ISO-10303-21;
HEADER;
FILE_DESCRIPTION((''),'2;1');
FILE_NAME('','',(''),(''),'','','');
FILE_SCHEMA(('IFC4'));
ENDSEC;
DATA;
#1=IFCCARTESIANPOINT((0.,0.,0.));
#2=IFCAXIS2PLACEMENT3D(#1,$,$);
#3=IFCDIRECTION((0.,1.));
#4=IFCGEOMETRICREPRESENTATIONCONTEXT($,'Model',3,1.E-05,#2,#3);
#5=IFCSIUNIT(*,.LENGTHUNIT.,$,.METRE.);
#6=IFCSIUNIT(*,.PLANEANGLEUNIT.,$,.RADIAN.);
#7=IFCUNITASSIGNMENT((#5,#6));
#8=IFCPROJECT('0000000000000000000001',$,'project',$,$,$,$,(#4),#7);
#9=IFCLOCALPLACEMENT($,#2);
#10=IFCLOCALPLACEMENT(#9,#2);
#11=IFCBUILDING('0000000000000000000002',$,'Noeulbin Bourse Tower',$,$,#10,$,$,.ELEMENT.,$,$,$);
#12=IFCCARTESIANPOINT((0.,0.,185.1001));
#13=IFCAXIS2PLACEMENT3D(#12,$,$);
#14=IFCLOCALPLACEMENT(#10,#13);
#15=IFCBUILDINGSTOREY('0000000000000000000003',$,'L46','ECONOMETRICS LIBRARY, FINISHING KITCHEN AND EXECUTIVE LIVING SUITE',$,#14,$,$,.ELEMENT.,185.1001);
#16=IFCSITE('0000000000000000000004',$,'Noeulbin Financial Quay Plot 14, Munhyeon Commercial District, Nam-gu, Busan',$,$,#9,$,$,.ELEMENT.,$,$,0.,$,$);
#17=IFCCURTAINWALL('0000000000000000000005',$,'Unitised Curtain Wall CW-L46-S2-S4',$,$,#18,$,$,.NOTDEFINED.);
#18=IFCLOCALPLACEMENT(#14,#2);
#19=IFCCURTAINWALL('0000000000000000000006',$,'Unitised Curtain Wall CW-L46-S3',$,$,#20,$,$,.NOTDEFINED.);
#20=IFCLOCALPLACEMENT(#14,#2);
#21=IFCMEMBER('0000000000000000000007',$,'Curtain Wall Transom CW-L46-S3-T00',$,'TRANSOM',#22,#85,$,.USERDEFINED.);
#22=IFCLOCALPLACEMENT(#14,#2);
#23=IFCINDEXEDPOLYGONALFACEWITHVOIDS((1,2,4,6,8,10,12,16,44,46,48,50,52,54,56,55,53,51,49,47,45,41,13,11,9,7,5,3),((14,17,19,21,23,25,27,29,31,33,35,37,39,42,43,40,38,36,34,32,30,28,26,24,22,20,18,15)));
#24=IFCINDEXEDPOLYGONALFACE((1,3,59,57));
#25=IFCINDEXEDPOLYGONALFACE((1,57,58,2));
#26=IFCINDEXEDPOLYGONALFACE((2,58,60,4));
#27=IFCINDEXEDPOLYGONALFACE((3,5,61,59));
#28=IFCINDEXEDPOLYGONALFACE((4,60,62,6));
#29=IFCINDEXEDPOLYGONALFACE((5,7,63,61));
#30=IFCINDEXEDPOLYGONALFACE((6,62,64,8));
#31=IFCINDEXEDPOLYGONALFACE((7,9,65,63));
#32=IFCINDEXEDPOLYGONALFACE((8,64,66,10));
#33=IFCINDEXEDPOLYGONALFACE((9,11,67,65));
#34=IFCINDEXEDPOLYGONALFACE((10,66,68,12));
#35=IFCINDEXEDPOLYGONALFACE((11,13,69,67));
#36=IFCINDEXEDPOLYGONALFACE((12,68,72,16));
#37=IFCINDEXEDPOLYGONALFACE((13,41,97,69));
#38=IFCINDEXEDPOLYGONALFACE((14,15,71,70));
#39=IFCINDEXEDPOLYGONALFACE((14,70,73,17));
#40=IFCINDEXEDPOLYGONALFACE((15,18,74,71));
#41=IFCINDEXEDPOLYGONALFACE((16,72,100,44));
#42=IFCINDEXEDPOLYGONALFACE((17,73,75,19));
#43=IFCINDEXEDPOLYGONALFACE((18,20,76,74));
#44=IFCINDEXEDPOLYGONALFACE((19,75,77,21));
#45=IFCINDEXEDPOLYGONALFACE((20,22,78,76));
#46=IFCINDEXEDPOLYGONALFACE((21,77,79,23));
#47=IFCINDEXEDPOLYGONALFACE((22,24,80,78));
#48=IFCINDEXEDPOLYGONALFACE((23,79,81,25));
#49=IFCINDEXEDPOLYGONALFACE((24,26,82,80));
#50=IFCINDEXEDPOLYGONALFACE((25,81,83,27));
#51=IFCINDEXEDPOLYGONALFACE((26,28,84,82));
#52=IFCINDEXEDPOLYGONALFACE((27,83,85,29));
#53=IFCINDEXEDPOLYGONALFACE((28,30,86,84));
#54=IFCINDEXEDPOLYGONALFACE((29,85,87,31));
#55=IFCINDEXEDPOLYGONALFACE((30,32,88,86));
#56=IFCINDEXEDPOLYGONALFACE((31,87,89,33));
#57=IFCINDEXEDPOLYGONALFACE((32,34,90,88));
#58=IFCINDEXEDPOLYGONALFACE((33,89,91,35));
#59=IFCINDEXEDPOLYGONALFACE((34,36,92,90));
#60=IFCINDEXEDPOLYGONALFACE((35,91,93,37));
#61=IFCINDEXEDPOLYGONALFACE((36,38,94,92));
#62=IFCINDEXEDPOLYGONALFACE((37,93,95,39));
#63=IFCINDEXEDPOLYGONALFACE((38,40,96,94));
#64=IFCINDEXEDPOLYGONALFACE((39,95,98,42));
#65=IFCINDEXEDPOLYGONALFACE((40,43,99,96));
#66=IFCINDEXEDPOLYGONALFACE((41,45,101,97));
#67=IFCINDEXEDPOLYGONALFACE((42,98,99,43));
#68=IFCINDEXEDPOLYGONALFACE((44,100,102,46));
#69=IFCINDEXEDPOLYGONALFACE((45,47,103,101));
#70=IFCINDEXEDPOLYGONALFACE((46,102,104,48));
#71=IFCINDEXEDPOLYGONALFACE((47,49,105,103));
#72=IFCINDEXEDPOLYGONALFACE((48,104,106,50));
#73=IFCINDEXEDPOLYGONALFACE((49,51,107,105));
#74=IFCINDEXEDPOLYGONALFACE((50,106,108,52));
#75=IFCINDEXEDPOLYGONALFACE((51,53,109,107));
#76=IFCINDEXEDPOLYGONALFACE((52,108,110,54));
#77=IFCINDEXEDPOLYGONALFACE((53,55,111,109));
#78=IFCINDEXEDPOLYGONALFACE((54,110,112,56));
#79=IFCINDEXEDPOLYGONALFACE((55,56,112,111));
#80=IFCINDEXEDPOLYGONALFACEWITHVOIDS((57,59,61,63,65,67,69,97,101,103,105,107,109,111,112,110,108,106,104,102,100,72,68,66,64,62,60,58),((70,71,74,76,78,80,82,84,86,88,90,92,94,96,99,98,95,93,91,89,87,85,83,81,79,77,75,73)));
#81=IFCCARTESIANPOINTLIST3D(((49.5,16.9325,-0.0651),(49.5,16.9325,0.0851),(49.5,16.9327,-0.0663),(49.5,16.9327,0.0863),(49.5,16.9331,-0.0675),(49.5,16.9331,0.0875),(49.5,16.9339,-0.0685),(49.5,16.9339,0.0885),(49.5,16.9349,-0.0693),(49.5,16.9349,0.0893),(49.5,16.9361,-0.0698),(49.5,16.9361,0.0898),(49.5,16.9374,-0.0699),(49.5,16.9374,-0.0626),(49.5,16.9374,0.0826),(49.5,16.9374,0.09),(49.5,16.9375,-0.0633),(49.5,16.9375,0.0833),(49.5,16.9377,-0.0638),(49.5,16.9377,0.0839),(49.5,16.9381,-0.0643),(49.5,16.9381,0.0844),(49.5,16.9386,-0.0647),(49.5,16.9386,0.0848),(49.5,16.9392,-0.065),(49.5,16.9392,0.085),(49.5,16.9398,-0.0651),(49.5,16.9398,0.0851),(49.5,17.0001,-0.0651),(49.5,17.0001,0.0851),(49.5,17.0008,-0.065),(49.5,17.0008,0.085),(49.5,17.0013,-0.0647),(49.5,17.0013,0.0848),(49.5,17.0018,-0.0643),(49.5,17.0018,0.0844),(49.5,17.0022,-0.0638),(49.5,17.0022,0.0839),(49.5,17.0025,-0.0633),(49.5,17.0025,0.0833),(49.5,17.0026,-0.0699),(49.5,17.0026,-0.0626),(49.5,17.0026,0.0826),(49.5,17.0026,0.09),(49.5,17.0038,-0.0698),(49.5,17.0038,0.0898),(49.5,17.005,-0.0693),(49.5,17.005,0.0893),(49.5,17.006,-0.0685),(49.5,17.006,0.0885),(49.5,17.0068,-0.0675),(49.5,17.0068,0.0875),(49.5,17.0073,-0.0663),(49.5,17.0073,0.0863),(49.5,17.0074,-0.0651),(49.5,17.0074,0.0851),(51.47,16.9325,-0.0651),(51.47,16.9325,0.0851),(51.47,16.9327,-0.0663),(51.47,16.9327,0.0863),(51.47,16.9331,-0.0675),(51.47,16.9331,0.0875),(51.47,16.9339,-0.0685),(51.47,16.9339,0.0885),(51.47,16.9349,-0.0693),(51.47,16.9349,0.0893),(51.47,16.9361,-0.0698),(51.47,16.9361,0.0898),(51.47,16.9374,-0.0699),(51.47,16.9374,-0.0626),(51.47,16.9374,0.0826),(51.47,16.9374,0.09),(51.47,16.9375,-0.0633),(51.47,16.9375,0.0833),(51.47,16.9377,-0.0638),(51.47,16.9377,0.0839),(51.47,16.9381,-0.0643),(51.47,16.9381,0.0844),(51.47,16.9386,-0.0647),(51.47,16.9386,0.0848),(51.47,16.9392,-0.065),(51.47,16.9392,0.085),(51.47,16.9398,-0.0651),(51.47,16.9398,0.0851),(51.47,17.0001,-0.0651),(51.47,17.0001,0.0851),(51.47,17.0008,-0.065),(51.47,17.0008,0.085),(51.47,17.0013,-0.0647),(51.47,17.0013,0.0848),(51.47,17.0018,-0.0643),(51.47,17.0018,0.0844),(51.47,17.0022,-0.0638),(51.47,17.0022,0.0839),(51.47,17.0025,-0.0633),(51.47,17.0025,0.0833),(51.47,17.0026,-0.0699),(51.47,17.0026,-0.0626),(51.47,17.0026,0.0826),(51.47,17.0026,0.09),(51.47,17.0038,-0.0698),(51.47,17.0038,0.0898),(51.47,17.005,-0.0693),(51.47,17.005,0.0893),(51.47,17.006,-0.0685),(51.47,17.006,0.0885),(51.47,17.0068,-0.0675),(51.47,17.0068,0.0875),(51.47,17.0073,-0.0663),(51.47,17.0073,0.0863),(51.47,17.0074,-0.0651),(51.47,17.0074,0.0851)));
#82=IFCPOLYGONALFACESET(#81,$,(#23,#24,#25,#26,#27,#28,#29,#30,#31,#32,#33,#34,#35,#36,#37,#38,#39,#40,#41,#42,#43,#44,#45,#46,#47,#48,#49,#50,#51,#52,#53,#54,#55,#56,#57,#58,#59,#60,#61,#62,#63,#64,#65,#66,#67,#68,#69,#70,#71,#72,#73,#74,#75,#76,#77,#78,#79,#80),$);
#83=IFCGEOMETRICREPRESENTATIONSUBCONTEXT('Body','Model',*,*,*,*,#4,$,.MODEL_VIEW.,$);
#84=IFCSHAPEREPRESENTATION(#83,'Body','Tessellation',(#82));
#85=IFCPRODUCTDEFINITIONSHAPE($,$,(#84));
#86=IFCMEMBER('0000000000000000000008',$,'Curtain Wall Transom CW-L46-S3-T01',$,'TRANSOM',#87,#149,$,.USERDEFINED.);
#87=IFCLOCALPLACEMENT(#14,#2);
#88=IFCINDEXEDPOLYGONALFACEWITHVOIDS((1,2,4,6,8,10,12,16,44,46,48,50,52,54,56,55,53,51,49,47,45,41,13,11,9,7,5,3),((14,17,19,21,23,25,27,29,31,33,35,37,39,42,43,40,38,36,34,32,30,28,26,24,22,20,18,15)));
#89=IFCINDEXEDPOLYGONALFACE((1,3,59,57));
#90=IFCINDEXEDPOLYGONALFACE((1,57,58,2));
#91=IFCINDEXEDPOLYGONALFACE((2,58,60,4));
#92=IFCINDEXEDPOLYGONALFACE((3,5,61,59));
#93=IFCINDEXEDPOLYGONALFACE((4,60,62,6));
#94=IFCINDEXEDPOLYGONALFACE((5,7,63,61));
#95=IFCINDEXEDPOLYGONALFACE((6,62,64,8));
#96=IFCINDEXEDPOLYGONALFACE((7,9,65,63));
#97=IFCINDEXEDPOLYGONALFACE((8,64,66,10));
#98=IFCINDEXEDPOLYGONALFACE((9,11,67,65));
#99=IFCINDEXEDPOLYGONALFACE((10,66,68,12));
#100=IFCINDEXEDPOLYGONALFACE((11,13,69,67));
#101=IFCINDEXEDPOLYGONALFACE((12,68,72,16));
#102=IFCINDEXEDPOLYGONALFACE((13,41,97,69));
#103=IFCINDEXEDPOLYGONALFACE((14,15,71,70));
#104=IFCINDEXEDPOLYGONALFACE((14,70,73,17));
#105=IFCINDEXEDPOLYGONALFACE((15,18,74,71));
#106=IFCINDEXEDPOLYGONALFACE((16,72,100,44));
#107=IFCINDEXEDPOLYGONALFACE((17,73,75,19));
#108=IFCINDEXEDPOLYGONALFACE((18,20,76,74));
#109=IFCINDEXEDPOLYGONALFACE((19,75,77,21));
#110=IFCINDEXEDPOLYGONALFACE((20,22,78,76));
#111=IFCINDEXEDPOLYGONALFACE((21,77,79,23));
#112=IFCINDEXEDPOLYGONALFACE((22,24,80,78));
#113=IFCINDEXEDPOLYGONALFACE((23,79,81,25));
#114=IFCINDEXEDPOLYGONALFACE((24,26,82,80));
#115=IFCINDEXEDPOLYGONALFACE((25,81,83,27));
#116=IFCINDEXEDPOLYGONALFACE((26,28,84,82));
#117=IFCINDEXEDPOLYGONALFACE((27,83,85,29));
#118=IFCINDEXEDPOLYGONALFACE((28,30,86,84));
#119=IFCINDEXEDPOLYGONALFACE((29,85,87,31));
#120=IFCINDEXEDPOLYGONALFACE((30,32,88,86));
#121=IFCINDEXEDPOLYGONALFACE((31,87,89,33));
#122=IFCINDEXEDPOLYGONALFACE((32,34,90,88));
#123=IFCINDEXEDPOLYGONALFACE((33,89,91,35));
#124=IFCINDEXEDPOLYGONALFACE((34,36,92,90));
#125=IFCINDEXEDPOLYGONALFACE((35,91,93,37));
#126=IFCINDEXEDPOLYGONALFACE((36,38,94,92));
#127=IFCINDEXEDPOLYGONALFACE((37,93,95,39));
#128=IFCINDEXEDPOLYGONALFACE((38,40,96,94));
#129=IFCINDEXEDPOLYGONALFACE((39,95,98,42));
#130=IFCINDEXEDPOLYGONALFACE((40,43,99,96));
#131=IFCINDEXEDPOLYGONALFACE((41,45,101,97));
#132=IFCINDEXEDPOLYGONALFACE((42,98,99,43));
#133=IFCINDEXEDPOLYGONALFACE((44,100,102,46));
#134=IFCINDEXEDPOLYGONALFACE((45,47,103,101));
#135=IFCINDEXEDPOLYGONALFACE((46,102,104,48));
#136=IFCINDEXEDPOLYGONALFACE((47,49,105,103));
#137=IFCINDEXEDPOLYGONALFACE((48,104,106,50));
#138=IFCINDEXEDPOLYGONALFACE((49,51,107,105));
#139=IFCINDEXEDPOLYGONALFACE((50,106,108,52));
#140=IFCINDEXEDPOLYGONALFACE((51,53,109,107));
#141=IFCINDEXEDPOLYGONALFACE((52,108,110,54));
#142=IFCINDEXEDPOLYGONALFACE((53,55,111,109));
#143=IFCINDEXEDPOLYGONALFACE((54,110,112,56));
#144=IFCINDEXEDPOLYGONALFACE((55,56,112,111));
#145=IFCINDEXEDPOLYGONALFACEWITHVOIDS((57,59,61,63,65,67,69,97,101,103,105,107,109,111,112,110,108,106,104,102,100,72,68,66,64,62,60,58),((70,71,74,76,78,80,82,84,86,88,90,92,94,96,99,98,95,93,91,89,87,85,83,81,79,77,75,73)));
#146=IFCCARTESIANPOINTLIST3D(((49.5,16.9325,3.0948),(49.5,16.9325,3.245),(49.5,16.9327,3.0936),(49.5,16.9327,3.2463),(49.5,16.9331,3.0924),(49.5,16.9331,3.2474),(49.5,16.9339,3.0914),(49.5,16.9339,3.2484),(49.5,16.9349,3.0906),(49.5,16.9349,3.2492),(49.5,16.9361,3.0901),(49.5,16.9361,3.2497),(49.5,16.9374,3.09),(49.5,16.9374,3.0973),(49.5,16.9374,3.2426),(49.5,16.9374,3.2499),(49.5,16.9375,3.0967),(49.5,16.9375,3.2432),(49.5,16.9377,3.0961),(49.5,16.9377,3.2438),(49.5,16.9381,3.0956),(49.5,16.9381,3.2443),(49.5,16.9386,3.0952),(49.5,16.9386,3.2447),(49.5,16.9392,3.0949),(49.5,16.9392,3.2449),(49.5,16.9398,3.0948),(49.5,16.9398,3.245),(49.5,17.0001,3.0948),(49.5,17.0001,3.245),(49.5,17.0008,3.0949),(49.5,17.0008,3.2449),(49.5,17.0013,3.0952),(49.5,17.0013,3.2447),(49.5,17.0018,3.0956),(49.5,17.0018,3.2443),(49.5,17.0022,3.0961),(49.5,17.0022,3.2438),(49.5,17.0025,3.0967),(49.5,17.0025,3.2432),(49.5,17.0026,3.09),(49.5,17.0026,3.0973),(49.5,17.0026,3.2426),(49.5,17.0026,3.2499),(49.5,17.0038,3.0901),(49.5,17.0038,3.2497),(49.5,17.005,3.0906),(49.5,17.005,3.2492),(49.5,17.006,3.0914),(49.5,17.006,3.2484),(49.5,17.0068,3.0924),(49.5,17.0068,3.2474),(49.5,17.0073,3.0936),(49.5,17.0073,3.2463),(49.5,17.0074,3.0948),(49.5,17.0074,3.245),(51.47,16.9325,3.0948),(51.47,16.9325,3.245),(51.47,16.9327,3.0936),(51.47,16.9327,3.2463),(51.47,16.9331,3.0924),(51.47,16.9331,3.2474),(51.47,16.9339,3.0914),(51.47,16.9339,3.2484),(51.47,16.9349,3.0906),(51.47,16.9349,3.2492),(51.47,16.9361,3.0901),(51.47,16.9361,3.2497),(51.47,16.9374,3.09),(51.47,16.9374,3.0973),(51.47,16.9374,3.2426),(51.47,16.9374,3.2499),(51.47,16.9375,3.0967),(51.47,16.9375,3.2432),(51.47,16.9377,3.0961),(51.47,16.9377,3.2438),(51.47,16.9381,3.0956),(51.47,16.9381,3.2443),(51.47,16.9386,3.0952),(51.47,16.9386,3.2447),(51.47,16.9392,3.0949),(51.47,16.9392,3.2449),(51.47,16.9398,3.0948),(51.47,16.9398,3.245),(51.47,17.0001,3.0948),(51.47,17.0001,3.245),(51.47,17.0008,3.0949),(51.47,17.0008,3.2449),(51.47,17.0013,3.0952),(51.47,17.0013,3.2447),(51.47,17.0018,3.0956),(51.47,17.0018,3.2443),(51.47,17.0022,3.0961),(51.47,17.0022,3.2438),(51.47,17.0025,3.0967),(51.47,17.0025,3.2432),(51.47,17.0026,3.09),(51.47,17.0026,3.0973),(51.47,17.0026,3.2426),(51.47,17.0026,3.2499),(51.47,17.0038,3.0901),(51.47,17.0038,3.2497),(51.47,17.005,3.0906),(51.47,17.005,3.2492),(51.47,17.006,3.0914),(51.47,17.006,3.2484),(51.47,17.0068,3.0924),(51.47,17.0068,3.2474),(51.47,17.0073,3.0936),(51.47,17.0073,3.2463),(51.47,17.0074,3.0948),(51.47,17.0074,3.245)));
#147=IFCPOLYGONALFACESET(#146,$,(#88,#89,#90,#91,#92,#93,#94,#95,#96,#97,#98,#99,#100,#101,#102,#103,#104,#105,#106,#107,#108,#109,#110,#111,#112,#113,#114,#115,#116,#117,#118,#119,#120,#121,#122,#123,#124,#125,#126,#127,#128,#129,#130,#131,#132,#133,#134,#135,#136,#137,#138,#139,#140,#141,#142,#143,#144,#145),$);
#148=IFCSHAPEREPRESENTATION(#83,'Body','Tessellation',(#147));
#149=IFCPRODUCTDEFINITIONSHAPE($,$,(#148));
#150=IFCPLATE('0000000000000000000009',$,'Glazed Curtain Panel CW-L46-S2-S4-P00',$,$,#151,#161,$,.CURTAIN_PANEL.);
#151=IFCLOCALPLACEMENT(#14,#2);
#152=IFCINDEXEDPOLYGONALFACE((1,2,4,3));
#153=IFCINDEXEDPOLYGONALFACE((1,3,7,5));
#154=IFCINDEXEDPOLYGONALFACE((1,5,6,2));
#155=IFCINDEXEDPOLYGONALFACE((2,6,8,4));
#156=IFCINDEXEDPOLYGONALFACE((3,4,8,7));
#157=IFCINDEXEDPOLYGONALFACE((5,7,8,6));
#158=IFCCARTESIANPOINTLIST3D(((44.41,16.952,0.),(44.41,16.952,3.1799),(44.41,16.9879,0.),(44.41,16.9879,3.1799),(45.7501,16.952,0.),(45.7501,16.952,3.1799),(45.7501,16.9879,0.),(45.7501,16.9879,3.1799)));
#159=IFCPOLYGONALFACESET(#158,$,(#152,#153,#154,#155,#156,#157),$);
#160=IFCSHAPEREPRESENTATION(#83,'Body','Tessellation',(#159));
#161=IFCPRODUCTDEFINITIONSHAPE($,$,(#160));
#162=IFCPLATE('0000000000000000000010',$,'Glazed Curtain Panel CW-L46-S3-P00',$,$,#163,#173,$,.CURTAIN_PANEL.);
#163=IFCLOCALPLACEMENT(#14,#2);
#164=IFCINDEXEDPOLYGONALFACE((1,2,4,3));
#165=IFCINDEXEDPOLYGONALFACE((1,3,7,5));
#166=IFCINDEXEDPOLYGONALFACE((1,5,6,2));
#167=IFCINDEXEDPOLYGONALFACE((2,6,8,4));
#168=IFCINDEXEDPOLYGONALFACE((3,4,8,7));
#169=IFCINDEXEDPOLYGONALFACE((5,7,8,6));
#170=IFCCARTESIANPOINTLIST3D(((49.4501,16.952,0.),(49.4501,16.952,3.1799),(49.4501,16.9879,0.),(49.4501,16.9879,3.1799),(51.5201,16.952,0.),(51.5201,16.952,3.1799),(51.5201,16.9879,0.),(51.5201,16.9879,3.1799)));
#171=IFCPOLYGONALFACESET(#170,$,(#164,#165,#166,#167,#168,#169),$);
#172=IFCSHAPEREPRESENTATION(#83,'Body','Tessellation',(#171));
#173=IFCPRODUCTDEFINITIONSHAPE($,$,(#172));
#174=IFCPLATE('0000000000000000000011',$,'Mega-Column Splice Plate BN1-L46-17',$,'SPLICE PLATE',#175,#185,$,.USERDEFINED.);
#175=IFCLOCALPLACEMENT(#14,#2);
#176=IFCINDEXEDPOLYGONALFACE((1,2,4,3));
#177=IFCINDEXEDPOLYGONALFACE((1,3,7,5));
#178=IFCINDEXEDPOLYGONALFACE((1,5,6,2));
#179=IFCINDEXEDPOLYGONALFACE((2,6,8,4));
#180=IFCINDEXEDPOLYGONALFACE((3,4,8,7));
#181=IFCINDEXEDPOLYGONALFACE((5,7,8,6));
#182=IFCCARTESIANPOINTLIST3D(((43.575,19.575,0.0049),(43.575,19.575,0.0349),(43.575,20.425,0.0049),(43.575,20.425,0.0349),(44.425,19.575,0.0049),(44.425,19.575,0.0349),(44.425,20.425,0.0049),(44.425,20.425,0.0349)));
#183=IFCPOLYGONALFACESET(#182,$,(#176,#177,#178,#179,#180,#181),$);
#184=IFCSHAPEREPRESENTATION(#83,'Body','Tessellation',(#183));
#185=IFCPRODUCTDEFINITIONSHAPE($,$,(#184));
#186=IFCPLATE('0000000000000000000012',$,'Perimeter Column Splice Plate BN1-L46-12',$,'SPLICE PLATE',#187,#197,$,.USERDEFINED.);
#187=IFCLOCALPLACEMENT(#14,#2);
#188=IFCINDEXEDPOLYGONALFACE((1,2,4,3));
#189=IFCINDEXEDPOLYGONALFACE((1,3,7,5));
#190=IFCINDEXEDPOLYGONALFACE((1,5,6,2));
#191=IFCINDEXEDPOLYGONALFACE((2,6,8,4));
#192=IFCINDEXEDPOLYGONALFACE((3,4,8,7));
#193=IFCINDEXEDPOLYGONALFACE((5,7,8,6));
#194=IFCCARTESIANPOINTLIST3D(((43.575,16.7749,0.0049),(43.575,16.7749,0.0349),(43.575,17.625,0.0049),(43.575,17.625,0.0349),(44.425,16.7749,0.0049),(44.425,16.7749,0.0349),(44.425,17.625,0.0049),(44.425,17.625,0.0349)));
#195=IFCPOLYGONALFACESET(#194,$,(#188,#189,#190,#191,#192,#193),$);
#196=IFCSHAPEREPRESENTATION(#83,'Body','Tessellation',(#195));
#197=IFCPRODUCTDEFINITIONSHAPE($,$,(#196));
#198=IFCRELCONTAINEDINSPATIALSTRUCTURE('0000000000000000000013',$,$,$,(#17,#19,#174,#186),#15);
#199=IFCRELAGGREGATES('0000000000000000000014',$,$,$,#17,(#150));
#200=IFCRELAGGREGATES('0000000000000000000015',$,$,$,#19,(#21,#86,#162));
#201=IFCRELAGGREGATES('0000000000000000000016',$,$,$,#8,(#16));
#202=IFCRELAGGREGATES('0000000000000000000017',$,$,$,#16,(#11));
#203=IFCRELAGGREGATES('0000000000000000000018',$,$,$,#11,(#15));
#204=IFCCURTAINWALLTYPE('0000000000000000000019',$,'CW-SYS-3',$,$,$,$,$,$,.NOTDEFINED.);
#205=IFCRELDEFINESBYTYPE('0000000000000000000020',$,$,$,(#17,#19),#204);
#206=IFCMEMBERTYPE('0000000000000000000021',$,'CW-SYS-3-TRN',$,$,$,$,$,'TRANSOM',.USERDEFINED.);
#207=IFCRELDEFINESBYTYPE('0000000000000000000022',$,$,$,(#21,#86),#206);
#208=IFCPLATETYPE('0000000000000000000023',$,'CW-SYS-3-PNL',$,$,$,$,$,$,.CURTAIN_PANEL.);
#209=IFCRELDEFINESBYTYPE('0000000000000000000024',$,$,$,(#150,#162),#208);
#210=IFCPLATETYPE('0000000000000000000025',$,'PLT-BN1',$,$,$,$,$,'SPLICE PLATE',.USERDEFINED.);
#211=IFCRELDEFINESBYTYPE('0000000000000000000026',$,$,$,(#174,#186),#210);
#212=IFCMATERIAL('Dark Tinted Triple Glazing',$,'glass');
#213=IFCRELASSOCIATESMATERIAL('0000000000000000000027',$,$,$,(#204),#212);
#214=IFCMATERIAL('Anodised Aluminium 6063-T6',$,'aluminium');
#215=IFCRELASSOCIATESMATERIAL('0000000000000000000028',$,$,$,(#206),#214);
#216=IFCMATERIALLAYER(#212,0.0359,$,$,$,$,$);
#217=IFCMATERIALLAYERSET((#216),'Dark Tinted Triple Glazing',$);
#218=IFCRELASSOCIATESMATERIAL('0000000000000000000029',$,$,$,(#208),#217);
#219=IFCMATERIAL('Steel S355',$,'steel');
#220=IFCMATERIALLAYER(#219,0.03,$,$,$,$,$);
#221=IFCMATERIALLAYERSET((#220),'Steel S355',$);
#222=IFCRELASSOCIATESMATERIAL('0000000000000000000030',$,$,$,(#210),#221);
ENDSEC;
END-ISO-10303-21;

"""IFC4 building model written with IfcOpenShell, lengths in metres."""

from ifc_helpers import new_model, si_unit, direction, frame, origin, origin_2d, place, context, subcontext, project, spatial, rectangle, hollow_rectangle, extrude, material, layer, layer_set, material_profile, profile_set, type_object, element, aggregate, save


model = new_model("IFC4")

# Units and contexts
model_context = context("Model", 3, precision=1e-05, world=origin(), true_north=direction((0.0, 1.0)))
body_context = subcontext(model_context, "Body", "Model", "MODEL_VIEW")
ifc_project = project(units=[si_unit("LENGTHUNIT", "METRE"), si_unit("PLANEANGLEUNIT", "RADIAN")], contexts=[model_context])

# Site, building, storey
site_placement = place(None, origin())
site = spatial("IfcSite", under=ifc_project, at=site_placement, Name="Noeulbin Financial Quay Plot 14, Munhyeon Commercial District, Nam-gu, Busan", CompositionType="ELEMENT", RefElevation=0.0)
building_placement = place(site_placement, origin())
building = spatial("IfcBuilding", under=site, at=building_placement, Name="Noeulbin Bourse Tower", CompositionType="ELEMENT")
storey_placement = place(building_placement, frame((0.0, 0.0, 185.1001)))
storey = spatial("IfcBuildingStorey", under=building, at=storey_placement, Name="L46", Description="ECONOMETRICS LIBRARY, FINISHING KITCHEN AND EXECUTIVE LIVING SUITE", CompositionType="ELEMENT", Elevation=185.1001)

# Shared definitions
ifc_material_1 = material(Name="Steel S355", Category="steel")

# Shared definitions
ifc_material_2 = material(Name="Dark Tinted Triple Glazing", Category="glass")
curtain_wall_type = type_object("IfcCurtainWallType", Name="CW-SYS-3", PredefinedType="NOTDEFINED", material=ifc_material_2)
ifc_material_3 = material(Name="Anodised Aluminium 6063-T6", Category="aluminium")

# Curtain walls
curtain_wall_1_placement = place(storey_placement, origin())
curtain_wall_1 = element("IfcCurtainWall", 1, at=curtain_wall_1_placement, inside=storey, type_object=curtain_wall_type, Name="Unitised Curtain Wall CW-L46-S2-S4", PredefinedType="NOTDEFINED")
curtain_wall_2_placement = place(storey_placement, origin())
curtain_wall_2 = element("IfcCurtainWall", 2, at=curtain_wall_2_placement, inside=storey, type_object=curtain_wall_type, Name="Unitised Curtain Wall CW-L46-S3", PredefinedType="NOTDEFINED")

# Members
ifc_material_profile_1 = material_profile(ifc_material_3, hollow_rectangle(XDim=0.075, YDim=0.1599, WallThickness=0.0049, InnerFilletRadius=0.0024, OuterFilletRadius=0.0049, at=origin_2d()), Name="ALU-TRAN-75x160x5", Category="LoadBearing")
ifc_profile_set_1 = profile_set([ifc_material_profile_1], Name="Anodised Aluminium 6063-T6")
member_type_1 = type_object("IfcMemberType", Name="CW-SYS-3-TRN", ElementType="TRANSOM", PredefinedType="USERDEFINED", material=ifc_profile_set_1)
member_1_placement = place(storey_placement, frame((49.5, 16.97, 0.01), z_axis=(1.0, 0.0, 0.0), x_axis=(0.0, 1.0, 0.0)))
member_1 = element("IfcMember", 3, at=member_1_placement, type_object=member_type_1, Name="Curtain Wall Transom CW-L46-S3-T00", ObjectType="TRANSOM", PredefinedType="USERDEFINED", context=body_context, shape_type="SweptSolid", body=[
    extrude(hollow_rectangle(XDim=0.075, YDim=0.1599, WallThickness=0.0049, InnerFilletRadius=0.0024, OuterFilletRadius=0.0049, at=origin_2d()), origin(), (0.0, 0.0, 1.0), 1.97),
])
member_2_placement = place(storey_placement, frame((49.5, 16.97, 3.1699), z_axis=(1.0, 0.0, 0.0), x_axis=(0.0, 1.0, 0.0)))
member_2 = element("IfcMember", 4, at=member_2_placement, type_object=member_type_1, Name="Curtain Wall Transom CW-L46-S3-T01", ObjectType="TRANSOM", PredefinedType="USERDEFINED", context=body_context, shape_type="SweptSolid", body=[
    extrude(hollow_rectangle(XDim=0.075, YDim=0.1599, WallThickness=0.0049, InnerFilletRadius=0.0024, OuterFilletRadius=0.0049, at=origin_2d()), origin(), (0.0, 0.0, 1.0), 1.97),
])

# Plates
ifc_layer_1 = layer(ifc_material_2, 0.0359)
ifc_layer_set_1 = layer_set([ifc_layer_1], Name="Dark Tinted Triple Glazing")
plate_type_1 = type_object("IfcPlateType", Name="CW-SYS-3-PNL", PredefinedType="CURTAIN_PANEL", material=ifc_layer_set_1)
plate_1_placement = place(storey_placement, frame((45.0801, 16.97, 0.0), z_axis=(0.0, 0.0, 1.0), x_axis=(1.0, 0.0, 0.0)))
plate_1 = element("IfcPlate", 5, at=plate_1_placement, type_object=plate_type_1, Name="Glazed Curtain Panel CW-L46-S2-S4-P00", PredefinedType="CURTAIN_PANEL", context=body_context, shape_type="SweptSolid", body=[
    extrude(rectangle(XDim=1.3401, YDim=0.0359, at=origin_2d()), origin(), (0.0, 0.0, 1.0), 3.1799),
])
aggregate(curtain_wall_1, [plate_1])
plate_2_placement = place(storey_placement, frame((50.4851, 16.97, 0.0), z_axis=(0.0, 0.0, 1.0), x_axis=(1.0, 0.0, 0.0)))
plate_2 = element("IfcPlate", 6, at=plate_2_placement, type_object=plate_type_1, Name="Glazed Curtain Panel CW-L46-S3-P00", PredefinedType="CURTAIN_PANEL", context=body_context, shape_type="SweptSolid", body=[
    extrude(rectangle(XDim=2.0701, YDim=0.0359, at=origin_2d()), origin(), (0.0, 0.0, 1.0), 3.1799),
])
aggregate(curtain_wall_2, [member_1, member_2, plate_2])

# Plates
ifc_layer_2 = layer(ifc_material_1, 0.03)
ifc_layer_set_2 = layer_set([ifc_layer_2], Name="Steel S355")
plate_type_2 = type_object("IfcPlateType", Name="PLT-BN1", ElementType="SPLICE PLATE", PredefinedType="USERDEFINED", material=ifc_layer_set_2)
for number, where, z_axis, x_axis, name in (
    (7, (44.0, 20.0, 0.0049), (0.0, 0.0, 1.0), (1.0, 0.0, 0.0), "Mega-Column Splice Plate BN1-L46-17"),
    (8, (44.0, 17.2, 0.0049), (0.0, 0.0, 1.0), (1.0, 0.0, 0.0), "Perimeter Column Splice Plate BN1-L46-12"),
):
    element("IfcPlate", number, at=place(storey_placement, frame(where, z_axis=z_axis, x_axis=x_axis)), inside=storey, type_object=plate_type_2, Name=name, ObjectType="SPLICE PLATE", PredefinedType="USERDEFINED", context=body_context, shape_type="SweptSolid", body=[
        extrude(rectangle(XDim=0.8501, YDim=0.8501, at=origin_2d()), origin(), (0.0, 0.0, 1.0), 0.03),
    ])

save(model, "model.ifc")
